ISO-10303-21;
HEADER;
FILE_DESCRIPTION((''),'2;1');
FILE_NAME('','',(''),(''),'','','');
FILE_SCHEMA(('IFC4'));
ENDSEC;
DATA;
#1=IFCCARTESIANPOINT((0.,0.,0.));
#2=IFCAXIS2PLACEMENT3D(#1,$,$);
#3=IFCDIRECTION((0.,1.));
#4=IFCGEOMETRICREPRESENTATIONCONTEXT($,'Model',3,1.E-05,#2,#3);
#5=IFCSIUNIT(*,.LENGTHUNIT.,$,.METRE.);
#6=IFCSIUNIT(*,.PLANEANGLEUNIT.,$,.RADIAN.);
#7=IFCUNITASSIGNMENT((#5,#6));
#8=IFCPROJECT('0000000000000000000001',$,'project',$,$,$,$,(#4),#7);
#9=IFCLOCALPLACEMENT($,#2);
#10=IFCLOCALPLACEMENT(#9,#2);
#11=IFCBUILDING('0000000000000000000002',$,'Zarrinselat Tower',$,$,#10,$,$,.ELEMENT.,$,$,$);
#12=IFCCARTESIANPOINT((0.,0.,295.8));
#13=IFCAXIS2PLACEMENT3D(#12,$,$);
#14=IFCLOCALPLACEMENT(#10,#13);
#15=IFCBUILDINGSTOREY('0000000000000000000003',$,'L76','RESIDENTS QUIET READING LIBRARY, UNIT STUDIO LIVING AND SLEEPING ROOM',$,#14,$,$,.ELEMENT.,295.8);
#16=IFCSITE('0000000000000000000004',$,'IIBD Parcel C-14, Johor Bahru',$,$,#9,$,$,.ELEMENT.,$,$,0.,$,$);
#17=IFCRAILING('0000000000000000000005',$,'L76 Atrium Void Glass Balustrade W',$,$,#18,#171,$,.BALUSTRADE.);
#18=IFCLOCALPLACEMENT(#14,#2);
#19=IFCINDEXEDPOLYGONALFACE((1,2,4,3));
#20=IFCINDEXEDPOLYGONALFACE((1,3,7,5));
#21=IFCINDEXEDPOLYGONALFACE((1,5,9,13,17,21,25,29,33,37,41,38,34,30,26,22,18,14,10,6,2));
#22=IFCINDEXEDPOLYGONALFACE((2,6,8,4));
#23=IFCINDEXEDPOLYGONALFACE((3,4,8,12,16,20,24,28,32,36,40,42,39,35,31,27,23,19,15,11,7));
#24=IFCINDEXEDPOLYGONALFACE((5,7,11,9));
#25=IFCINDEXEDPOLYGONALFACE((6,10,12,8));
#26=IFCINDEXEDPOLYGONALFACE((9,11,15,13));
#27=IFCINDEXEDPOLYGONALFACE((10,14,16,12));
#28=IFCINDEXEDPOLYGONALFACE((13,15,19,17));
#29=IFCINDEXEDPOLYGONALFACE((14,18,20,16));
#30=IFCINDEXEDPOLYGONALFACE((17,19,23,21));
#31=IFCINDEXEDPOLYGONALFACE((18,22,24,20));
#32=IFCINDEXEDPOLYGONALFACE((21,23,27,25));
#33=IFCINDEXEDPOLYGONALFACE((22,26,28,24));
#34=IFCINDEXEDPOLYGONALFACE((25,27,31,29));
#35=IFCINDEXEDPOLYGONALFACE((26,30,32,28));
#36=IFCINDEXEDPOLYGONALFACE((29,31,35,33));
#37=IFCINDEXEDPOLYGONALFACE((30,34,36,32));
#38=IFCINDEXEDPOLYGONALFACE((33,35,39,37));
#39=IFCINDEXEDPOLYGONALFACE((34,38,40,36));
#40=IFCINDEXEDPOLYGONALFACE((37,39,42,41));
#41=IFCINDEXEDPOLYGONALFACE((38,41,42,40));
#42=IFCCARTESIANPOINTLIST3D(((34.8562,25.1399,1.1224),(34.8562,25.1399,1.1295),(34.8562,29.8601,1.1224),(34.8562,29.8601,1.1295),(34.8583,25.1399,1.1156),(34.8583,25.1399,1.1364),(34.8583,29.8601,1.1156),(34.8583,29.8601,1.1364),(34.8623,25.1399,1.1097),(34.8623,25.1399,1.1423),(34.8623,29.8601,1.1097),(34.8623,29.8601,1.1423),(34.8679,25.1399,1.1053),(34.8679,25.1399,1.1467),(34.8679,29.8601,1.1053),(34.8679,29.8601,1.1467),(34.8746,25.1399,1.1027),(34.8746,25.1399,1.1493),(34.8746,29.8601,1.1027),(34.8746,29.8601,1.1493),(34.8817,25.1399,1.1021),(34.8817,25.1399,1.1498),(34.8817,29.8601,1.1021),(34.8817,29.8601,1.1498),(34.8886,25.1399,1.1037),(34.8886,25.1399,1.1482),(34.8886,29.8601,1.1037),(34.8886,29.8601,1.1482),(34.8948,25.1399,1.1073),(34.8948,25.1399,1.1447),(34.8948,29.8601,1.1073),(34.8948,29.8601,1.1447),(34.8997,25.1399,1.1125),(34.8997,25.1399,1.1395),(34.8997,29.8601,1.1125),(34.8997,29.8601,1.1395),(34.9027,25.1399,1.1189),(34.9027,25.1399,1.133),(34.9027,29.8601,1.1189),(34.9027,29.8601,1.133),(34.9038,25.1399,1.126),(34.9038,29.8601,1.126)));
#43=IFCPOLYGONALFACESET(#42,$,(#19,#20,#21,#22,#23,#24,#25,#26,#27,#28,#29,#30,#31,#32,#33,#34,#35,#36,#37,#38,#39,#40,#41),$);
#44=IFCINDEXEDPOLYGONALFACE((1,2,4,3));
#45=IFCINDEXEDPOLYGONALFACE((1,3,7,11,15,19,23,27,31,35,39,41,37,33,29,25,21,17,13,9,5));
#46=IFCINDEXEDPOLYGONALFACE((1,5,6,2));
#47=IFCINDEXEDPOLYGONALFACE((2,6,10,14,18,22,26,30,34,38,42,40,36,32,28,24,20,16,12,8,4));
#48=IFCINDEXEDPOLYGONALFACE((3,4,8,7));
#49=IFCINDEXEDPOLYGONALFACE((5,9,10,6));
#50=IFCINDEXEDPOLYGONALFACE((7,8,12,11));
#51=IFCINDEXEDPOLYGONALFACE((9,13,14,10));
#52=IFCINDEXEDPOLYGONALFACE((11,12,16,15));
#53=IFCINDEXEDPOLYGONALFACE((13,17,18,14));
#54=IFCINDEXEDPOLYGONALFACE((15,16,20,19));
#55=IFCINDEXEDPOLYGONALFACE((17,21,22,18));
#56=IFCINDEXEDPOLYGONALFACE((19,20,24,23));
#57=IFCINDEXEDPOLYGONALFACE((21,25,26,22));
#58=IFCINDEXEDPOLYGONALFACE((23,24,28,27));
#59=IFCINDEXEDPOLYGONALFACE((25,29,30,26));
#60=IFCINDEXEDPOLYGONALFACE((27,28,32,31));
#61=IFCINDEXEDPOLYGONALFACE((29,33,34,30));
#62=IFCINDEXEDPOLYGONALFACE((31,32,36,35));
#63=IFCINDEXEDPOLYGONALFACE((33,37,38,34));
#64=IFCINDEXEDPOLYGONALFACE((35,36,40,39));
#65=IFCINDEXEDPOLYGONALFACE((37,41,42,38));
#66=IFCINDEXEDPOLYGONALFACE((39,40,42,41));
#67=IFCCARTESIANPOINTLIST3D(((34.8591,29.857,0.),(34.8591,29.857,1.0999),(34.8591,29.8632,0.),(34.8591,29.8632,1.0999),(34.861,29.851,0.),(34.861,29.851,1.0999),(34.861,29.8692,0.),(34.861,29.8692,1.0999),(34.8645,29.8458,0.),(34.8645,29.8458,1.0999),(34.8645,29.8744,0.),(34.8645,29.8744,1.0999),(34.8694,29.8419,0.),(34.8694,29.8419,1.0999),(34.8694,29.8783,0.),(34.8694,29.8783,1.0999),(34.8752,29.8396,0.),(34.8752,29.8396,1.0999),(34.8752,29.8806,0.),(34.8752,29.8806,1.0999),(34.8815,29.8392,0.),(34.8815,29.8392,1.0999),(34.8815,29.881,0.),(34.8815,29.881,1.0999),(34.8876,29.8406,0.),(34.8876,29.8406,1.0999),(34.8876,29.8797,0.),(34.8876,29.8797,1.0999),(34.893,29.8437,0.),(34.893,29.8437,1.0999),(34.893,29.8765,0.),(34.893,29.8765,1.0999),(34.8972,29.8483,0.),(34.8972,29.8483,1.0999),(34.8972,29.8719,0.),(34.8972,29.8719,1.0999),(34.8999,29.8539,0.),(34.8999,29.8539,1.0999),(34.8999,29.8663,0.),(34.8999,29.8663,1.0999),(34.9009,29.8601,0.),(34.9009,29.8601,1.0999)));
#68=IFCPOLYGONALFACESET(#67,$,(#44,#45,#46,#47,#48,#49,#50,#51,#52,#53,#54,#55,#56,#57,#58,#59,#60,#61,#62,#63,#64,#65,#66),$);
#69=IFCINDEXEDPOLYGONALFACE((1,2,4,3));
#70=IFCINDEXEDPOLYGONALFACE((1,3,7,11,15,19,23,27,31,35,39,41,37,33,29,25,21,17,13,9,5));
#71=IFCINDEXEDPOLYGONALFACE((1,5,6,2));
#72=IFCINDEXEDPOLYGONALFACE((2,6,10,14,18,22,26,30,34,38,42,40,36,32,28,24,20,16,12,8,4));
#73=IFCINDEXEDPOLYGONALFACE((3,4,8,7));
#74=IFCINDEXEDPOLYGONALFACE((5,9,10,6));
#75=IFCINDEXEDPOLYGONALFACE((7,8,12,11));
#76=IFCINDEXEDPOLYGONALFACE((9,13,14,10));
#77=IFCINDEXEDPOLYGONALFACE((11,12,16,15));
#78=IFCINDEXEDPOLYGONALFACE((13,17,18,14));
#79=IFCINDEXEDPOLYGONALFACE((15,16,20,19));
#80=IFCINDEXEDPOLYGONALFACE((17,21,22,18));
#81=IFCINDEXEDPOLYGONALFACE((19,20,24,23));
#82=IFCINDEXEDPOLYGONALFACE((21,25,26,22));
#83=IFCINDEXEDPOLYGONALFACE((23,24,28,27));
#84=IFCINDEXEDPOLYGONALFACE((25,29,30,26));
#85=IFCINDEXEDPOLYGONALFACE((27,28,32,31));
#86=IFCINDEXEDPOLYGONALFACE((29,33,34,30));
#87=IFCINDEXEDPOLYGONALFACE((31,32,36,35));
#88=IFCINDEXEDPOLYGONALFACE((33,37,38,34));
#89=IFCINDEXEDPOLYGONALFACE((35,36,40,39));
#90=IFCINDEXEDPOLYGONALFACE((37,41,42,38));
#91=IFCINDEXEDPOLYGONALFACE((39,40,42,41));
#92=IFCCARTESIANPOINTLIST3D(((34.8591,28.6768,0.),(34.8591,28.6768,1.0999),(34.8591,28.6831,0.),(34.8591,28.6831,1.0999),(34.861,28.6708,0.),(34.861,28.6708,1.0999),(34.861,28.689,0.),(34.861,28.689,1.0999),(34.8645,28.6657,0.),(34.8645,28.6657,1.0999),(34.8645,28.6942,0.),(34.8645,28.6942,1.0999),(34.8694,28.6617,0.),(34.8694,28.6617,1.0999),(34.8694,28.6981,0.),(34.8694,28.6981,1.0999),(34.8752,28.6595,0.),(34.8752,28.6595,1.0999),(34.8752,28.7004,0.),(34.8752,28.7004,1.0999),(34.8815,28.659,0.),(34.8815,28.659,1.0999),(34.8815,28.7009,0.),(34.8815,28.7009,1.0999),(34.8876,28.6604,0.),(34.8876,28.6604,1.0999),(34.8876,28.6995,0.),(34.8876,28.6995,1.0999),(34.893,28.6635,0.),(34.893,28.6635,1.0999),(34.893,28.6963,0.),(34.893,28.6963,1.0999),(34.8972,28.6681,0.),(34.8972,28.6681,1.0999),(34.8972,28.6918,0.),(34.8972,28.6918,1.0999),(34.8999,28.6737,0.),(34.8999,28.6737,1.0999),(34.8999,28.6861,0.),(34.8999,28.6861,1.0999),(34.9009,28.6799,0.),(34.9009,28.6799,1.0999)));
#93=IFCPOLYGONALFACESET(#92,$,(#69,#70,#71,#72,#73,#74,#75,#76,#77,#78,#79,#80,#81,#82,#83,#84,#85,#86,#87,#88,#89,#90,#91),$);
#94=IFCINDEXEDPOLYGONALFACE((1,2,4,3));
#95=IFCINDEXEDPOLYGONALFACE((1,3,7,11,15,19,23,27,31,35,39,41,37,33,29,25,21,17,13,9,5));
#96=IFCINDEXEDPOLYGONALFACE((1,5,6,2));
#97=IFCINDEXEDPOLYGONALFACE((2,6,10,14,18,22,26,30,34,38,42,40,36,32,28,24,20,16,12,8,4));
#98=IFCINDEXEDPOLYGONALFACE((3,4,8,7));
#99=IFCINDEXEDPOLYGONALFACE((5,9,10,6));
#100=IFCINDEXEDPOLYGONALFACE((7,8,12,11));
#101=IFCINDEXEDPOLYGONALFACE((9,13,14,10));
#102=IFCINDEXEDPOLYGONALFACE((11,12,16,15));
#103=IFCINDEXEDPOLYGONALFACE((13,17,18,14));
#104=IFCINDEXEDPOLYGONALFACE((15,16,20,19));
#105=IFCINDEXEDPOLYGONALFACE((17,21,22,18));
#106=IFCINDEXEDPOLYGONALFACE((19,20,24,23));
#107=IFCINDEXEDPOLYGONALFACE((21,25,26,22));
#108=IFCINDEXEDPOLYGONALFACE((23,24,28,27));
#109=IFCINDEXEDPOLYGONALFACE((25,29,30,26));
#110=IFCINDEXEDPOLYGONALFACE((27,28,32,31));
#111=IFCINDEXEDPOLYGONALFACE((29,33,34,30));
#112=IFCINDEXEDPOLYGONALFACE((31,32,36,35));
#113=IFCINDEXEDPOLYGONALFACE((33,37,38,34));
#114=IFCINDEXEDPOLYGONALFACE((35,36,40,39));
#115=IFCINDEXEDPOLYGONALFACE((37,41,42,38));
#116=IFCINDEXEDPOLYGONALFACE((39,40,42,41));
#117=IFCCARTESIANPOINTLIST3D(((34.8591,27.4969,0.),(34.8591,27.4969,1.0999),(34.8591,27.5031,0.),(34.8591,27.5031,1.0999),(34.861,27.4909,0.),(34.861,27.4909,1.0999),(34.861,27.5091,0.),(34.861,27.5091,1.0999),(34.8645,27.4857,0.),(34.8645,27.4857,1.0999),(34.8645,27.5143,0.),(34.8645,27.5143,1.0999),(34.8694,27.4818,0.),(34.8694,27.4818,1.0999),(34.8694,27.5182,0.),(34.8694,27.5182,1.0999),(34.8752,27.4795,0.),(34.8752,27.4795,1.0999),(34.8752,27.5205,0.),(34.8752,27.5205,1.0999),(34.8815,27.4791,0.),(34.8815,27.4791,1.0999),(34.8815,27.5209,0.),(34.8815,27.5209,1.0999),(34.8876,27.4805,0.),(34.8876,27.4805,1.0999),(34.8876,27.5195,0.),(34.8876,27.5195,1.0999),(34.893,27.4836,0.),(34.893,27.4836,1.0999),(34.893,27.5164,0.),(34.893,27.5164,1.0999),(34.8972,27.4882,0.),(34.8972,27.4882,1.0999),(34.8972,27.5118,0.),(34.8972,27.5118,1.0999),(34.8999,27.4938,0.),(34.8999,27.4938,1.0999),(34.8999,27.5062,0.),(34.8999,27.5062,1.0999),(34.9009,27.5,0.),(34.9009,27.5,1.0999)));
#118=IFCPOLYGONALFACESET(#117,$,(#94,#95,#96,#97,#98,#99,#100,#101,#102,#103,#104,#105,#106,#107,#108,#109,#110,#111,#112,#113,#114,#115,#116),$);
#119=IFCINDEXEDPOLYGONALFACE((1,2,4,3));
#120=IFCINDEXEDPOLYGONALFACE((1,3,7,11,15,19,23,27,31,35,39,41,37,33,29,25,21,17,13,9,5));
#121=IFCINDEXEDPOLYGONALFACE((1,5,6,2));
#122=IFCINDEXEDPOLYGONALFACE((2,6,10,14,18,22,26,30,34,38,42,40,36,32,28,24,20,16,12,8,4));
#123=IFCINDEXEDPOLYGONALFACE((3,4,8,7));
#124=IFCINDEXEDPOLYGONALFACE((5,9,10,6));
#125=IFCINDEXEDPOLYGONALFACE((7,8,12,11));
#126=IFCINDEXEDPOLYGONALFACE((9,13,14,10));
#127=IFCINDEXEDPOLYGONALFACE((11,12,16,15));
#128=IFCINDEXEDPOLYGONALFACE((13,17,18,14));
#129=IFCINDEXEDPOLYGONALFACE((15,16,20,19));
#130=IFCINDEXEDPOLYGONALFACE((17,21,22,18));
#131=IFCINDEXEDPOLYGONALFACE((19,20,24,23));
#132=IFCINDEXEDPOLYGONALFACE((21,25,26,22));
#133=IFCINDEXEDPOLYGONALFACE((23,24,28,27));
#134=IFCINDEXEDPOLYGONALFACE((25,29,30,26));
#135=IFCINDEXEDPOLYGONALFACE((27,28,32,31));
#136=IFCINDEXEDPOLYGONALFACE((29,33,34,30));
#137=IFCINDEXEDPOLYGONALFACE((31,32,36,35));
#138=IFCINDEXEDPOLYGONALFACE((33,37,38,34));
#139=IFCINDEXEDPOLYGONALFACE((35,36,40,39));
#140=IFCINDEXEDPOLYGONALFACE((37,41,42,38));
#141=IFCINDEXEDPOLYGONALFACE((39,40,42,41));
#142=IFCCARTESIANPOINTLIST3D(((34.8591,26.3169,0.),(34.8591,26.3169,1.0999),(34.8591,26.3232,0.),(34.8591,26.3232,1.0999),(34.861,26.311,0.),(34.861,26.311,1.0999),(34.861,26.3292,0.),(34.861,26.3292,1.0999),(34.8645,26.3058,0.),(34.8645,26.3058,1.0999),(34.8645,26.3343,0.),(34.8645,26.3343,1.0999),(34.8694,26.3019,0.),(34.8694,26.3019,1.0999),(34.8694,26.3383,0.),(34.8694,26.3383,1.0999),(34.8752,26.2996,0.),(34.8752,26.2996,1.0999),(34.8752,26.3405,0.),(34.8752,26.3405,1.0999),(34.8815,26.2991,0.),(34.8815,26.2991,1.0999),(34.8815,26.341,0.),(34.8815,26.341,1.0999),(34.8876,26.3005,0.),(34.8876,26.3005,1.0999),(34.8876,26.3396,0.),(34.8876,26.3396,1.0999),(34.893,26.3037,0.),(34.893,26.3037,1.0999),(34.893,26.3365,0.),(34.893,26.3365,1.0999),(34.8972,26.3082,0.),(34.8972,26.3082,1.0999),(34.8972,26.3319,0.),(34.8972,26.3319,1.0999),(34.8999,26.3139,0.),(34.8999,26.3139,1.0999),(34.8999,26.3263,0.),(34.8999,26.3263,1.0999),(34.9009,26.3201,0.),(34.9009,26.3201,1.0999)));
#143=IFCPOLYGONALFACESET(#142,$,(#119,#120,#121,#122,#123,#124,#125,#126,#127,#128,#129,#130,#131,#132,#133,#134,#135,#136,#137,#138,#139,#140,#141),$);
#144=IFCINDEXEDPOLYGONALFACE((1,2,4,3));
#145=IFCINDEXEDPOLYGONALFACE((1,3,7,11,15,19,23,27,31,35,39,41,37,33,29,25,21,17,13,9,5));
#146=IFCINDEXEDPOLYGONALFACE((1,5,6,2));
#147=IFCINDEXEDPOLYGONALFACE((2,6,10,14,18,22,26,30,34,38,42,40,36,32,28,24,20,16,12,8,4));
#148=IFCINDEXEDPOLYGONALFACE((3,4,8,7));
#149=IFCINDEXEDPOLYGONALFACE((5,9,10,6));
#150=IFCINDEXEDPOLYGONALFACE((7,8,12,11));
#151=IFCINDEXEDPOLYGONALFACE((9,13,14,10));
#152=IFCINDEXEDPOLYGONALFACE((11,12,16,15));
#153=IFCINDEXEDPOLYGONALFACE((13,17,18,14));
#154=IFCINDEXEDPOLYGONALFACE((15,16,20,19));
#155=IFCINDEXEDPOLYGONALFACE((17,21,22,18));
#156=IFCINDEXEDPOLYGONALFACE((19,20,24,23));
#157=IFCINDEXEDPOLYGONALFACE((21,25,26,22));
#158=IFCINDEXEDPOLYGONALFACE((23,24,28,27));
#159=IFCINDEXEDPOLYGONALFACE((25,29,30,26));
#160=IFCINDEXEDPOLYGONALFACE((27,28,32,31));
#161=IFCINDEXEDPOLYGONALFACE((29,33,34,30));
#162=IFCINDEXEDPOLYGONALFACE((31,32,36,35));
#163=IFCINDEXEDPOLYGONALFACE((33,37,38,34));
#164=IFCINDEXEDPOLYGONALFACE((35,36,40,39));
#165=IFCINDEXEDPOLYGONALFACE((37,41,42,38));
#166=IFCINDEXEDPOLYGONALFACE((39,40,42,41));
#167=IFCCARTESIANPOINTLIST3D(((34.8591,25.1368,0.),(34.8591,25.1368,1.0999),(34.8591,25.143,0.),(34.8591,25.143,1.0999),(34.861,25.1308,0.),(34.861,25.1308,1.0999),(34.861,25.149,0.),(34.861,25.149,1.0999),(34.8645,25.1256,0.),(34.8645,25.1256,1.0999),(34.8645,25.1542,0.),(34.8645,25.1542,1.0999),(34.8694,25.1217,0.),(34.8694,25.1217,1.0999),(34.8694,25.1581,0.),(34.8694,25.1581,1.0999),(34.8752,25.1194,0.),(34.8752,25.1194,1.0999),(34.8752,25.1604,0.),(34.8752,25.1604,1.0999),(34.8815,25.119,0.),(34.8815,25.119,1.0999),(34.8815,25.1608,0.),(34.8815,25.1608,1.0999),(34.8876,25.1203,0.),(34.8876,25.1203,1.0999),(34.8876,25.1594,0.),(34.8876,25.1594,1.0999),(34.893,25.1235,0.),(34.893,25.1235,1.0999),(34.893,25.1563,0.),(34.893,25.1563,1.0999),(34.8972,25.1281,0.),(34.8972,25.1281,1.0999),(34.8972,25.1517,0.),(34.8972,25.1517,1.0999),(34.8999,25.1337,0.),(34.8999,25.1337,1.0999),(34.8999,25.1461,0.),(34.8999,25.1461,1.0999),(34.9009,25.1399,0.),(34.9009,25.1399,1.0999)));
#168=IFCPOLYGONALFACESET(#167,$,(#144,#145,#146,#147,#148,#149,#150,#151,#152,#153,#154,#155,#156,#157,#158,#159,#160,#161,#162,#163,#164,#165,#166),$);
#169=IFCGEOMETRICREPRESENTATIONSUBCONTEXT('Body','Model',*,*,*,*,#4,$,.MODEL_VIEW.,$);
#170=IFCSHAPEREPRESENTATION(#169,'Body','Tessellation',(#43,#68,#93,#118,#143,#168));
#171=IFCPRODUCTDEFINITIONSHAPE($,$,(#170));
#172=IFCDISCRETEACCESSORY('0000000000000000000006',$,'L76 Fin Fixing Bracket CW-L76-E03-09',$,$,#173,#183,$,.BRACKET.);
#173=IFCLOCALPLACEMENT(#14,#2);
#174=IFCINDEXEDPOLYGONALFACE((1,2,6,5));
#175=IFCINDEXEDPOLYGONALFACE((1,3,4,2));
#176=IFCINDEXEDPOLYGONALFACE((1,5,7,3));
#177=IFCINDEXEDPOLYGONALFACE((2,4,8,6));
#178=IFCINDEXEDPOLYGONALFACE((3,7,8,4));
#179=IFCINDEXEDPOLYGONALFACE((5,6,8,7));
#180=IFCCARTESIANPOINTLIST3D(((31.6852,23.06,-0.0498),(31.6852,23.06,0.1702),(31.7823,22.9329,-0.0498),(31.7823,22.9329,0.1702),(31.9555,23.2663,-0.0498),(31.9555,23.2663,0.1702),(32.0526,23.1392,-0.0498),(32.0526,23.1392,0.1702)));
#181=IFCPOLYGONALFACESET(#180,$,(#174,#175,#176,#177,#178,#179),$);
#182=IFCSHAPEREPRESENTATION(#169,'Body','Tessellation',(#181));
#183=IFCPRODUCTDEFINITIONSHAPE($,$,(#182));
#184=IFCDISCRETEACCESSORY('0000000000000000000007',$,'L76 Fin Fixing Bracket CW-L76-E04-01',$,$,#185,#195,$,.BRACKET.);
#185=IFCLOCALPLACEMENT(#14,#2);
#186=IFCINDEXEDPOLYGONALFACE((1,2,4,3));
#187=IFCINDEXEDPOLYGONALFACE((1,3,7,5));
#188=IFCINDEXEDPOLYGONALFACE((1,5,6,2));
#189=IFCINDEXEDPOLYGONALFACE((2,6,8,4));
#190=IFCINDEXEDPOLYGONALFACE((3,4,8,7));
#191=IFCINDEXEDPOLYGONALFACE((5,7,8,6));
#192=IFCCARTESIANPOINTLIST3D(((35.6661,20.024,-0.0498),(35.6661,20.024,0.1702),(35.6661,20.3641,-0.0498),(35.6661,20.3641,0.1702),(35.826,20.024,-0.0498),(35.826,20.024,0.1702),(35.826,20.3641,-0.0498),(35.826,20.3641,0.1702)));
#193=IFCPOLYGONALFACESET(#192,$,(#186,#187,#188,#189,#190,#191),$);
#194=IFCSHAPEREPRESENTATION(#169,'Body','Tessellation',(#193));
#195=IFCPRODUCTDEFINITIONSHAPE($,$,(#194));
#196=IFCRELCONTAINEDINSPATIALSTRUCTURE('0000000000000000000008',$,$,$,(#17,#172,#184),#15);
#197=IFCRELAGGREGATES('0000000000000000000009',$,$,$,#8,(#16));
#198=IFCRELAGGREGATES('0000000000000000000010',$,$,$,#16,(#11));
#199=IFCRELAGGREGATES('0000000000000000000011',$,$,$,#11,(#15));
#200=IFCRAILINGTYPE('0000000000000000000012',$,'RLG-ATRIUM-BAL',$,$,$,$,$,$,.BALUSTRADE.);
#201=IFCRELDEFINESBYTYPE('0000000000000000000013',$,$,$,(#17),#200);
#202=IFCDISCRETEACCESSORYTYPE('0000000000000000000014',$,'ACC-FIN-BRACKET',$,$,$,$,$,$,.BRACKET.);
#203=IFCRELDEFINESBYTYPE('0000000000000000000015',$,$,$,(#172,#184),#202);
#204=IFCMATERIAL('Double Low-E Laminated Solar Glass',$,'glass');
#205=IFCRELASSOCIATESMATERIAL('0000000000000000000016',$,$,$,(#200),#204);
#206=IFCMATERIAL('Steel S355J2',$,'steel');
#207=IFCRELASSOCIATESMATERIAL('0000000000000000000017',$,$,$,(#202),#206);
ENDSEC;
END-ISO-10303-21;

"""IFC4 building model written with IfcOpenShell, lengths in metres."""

from ifc_helpers import new_model, si_unit, direction, frame, origin, origin_2d, place, context, subcontext, project, spatial, rectangle, circle, extrude, material, type_object, element, save


model = new_model("IFC4")

# Units and contexts
model_context = context("Model", 3, precision=1e-05, world=origin(), true_north=direction((0.0, 1.0)))
body_context = subcontext(model_context, "Body", "Model", "MODEL_VIEW")
ifc_project = project(units=[si_unit("LENGTHUNIT", "METRE"), si_unit("PLANEANGLEUNIT", "RADIAN")], contexts=[model_context])

# Site, building, storey
site_placement = place(None, origin())
site = spatial("IfcSite", under=ifc_project, at=site_placement, Name="IIBD Parcel C-14, Johor Bahru", CompositionType="ELEMENT", RefElevation=0.0)
building_placement = place(site_placement, origin())
building = spatial("IfcBuilding", under=site, at=building_placement, Name="Zarrinselat Tower", CompositionType="ELEMENT")
storey_placement = place(building_placement, frame((0.0, 0.0, 295.8)))
storey = spatial("IfcBuildingStorey", under=building, at=storey_placement, Name="L76", Description="RESIDENTS QUIET READING LIBRARY, UNIT STUDIO LIVING AND SLEEPING ROOM", CompositionType="ELEMENT", Elevation=295.8)

# Railing
ifc_material_1 = material(Name="Double Low-E Laminated Solar Glass", Category="glass")
railing_type = type_object("IfcRailingType", Name="RLG-ATRIUM-BAL", PredefinedType="BALUSTRADE", material=ifc_material_1)
railing_1_placement = place(storey_placement, frame((34.8799, 29.8601, 0.0)))
element("IfcRailing", 1, at=railing_1_placement, inside=storey, type_object=railing_type, Name="L76 Atrium Void Glass Balustrade W", PredefinedType="BALUSTRADE", context=body_context, shape_type="SweptSolid", body=[
    extrude(circle(Radius=0.0239, at=origin_2d()), frame((0.0, 0.0, 1.126), z_axis=(0.0, -1.0, 0.0), x_axis=(1.0, 0.0, 0.0)), (0.0, 0.0, 1.0), 4.7202),
    extrude(circle(Radius=0.021, at=origin_2d()), origin(), (0.0, 0.0, 1.0), 1.0999),
    extrude(circle(Radius=0.021, at=origin_2d()), frame((0.0, -1.1802, 0.0)), (0.0, 0.0, 1.0), 1.0999),
    extrude(circle(Radius=0.021, at=origin_2d()), frame((0.0, -2.3601, 0.0)), (0.0, 0.0, 1.0), 1.0999),
    extrude(circle(Radius=0.021, at=origin_2d()), frame((0.0, -3.54, 0.0)), (0.0, 0.0, 1.0), 1.0999),
    extrude(circle(Radius=0.021, at=origin_2d()), frame((0.0, -4.7202, 0.0)), (0.0, 0.0, 1.0), 1.0999),
])

# Discrete accessories
ifc_material_2 = material(Name="Steel S355J2", Category="steel")
discrete_accessory_type = type_object("IfcDiscreteAccessoryType", Name="ACC-FIN-BRACKET", PredefinedType="BRACKET", material=ifc_material_2)
for number, where, z_axis, x_axis, name in (
    (2, (31.8689, 23.0996, -0.0498), (0.0, 0.0, 1.0), (-0.794853, -0.606802, 0.0), "L76 Fin Fixing Bracket CW-L76-E03-09"),
    (3, (35.7461, 20.1941, -0.0498), (0.0, 0.0, 1.0), (0.0, -1.0, 0.0), "L76 Fin Fixing Bracket CW-L76-E04-01"),
):
    element("IfcDiscreteAccessory", number, at=place(storey_placement, frame(where, z_axis=z_axis, x_axis=x_axis)), inside=storey, type_object=discrete_accessory_type, Name=name, PredefinedType="BRACKET", context=body_context, shape_type="SweptSolid", body=[
        extrude(rectangle(XDim=0.3401, YDim=0.1599, at=origin_2d()), origin(), (0.0, 0.0, 1.0), 0.22),
    ])

save(model, "model.ifc")
